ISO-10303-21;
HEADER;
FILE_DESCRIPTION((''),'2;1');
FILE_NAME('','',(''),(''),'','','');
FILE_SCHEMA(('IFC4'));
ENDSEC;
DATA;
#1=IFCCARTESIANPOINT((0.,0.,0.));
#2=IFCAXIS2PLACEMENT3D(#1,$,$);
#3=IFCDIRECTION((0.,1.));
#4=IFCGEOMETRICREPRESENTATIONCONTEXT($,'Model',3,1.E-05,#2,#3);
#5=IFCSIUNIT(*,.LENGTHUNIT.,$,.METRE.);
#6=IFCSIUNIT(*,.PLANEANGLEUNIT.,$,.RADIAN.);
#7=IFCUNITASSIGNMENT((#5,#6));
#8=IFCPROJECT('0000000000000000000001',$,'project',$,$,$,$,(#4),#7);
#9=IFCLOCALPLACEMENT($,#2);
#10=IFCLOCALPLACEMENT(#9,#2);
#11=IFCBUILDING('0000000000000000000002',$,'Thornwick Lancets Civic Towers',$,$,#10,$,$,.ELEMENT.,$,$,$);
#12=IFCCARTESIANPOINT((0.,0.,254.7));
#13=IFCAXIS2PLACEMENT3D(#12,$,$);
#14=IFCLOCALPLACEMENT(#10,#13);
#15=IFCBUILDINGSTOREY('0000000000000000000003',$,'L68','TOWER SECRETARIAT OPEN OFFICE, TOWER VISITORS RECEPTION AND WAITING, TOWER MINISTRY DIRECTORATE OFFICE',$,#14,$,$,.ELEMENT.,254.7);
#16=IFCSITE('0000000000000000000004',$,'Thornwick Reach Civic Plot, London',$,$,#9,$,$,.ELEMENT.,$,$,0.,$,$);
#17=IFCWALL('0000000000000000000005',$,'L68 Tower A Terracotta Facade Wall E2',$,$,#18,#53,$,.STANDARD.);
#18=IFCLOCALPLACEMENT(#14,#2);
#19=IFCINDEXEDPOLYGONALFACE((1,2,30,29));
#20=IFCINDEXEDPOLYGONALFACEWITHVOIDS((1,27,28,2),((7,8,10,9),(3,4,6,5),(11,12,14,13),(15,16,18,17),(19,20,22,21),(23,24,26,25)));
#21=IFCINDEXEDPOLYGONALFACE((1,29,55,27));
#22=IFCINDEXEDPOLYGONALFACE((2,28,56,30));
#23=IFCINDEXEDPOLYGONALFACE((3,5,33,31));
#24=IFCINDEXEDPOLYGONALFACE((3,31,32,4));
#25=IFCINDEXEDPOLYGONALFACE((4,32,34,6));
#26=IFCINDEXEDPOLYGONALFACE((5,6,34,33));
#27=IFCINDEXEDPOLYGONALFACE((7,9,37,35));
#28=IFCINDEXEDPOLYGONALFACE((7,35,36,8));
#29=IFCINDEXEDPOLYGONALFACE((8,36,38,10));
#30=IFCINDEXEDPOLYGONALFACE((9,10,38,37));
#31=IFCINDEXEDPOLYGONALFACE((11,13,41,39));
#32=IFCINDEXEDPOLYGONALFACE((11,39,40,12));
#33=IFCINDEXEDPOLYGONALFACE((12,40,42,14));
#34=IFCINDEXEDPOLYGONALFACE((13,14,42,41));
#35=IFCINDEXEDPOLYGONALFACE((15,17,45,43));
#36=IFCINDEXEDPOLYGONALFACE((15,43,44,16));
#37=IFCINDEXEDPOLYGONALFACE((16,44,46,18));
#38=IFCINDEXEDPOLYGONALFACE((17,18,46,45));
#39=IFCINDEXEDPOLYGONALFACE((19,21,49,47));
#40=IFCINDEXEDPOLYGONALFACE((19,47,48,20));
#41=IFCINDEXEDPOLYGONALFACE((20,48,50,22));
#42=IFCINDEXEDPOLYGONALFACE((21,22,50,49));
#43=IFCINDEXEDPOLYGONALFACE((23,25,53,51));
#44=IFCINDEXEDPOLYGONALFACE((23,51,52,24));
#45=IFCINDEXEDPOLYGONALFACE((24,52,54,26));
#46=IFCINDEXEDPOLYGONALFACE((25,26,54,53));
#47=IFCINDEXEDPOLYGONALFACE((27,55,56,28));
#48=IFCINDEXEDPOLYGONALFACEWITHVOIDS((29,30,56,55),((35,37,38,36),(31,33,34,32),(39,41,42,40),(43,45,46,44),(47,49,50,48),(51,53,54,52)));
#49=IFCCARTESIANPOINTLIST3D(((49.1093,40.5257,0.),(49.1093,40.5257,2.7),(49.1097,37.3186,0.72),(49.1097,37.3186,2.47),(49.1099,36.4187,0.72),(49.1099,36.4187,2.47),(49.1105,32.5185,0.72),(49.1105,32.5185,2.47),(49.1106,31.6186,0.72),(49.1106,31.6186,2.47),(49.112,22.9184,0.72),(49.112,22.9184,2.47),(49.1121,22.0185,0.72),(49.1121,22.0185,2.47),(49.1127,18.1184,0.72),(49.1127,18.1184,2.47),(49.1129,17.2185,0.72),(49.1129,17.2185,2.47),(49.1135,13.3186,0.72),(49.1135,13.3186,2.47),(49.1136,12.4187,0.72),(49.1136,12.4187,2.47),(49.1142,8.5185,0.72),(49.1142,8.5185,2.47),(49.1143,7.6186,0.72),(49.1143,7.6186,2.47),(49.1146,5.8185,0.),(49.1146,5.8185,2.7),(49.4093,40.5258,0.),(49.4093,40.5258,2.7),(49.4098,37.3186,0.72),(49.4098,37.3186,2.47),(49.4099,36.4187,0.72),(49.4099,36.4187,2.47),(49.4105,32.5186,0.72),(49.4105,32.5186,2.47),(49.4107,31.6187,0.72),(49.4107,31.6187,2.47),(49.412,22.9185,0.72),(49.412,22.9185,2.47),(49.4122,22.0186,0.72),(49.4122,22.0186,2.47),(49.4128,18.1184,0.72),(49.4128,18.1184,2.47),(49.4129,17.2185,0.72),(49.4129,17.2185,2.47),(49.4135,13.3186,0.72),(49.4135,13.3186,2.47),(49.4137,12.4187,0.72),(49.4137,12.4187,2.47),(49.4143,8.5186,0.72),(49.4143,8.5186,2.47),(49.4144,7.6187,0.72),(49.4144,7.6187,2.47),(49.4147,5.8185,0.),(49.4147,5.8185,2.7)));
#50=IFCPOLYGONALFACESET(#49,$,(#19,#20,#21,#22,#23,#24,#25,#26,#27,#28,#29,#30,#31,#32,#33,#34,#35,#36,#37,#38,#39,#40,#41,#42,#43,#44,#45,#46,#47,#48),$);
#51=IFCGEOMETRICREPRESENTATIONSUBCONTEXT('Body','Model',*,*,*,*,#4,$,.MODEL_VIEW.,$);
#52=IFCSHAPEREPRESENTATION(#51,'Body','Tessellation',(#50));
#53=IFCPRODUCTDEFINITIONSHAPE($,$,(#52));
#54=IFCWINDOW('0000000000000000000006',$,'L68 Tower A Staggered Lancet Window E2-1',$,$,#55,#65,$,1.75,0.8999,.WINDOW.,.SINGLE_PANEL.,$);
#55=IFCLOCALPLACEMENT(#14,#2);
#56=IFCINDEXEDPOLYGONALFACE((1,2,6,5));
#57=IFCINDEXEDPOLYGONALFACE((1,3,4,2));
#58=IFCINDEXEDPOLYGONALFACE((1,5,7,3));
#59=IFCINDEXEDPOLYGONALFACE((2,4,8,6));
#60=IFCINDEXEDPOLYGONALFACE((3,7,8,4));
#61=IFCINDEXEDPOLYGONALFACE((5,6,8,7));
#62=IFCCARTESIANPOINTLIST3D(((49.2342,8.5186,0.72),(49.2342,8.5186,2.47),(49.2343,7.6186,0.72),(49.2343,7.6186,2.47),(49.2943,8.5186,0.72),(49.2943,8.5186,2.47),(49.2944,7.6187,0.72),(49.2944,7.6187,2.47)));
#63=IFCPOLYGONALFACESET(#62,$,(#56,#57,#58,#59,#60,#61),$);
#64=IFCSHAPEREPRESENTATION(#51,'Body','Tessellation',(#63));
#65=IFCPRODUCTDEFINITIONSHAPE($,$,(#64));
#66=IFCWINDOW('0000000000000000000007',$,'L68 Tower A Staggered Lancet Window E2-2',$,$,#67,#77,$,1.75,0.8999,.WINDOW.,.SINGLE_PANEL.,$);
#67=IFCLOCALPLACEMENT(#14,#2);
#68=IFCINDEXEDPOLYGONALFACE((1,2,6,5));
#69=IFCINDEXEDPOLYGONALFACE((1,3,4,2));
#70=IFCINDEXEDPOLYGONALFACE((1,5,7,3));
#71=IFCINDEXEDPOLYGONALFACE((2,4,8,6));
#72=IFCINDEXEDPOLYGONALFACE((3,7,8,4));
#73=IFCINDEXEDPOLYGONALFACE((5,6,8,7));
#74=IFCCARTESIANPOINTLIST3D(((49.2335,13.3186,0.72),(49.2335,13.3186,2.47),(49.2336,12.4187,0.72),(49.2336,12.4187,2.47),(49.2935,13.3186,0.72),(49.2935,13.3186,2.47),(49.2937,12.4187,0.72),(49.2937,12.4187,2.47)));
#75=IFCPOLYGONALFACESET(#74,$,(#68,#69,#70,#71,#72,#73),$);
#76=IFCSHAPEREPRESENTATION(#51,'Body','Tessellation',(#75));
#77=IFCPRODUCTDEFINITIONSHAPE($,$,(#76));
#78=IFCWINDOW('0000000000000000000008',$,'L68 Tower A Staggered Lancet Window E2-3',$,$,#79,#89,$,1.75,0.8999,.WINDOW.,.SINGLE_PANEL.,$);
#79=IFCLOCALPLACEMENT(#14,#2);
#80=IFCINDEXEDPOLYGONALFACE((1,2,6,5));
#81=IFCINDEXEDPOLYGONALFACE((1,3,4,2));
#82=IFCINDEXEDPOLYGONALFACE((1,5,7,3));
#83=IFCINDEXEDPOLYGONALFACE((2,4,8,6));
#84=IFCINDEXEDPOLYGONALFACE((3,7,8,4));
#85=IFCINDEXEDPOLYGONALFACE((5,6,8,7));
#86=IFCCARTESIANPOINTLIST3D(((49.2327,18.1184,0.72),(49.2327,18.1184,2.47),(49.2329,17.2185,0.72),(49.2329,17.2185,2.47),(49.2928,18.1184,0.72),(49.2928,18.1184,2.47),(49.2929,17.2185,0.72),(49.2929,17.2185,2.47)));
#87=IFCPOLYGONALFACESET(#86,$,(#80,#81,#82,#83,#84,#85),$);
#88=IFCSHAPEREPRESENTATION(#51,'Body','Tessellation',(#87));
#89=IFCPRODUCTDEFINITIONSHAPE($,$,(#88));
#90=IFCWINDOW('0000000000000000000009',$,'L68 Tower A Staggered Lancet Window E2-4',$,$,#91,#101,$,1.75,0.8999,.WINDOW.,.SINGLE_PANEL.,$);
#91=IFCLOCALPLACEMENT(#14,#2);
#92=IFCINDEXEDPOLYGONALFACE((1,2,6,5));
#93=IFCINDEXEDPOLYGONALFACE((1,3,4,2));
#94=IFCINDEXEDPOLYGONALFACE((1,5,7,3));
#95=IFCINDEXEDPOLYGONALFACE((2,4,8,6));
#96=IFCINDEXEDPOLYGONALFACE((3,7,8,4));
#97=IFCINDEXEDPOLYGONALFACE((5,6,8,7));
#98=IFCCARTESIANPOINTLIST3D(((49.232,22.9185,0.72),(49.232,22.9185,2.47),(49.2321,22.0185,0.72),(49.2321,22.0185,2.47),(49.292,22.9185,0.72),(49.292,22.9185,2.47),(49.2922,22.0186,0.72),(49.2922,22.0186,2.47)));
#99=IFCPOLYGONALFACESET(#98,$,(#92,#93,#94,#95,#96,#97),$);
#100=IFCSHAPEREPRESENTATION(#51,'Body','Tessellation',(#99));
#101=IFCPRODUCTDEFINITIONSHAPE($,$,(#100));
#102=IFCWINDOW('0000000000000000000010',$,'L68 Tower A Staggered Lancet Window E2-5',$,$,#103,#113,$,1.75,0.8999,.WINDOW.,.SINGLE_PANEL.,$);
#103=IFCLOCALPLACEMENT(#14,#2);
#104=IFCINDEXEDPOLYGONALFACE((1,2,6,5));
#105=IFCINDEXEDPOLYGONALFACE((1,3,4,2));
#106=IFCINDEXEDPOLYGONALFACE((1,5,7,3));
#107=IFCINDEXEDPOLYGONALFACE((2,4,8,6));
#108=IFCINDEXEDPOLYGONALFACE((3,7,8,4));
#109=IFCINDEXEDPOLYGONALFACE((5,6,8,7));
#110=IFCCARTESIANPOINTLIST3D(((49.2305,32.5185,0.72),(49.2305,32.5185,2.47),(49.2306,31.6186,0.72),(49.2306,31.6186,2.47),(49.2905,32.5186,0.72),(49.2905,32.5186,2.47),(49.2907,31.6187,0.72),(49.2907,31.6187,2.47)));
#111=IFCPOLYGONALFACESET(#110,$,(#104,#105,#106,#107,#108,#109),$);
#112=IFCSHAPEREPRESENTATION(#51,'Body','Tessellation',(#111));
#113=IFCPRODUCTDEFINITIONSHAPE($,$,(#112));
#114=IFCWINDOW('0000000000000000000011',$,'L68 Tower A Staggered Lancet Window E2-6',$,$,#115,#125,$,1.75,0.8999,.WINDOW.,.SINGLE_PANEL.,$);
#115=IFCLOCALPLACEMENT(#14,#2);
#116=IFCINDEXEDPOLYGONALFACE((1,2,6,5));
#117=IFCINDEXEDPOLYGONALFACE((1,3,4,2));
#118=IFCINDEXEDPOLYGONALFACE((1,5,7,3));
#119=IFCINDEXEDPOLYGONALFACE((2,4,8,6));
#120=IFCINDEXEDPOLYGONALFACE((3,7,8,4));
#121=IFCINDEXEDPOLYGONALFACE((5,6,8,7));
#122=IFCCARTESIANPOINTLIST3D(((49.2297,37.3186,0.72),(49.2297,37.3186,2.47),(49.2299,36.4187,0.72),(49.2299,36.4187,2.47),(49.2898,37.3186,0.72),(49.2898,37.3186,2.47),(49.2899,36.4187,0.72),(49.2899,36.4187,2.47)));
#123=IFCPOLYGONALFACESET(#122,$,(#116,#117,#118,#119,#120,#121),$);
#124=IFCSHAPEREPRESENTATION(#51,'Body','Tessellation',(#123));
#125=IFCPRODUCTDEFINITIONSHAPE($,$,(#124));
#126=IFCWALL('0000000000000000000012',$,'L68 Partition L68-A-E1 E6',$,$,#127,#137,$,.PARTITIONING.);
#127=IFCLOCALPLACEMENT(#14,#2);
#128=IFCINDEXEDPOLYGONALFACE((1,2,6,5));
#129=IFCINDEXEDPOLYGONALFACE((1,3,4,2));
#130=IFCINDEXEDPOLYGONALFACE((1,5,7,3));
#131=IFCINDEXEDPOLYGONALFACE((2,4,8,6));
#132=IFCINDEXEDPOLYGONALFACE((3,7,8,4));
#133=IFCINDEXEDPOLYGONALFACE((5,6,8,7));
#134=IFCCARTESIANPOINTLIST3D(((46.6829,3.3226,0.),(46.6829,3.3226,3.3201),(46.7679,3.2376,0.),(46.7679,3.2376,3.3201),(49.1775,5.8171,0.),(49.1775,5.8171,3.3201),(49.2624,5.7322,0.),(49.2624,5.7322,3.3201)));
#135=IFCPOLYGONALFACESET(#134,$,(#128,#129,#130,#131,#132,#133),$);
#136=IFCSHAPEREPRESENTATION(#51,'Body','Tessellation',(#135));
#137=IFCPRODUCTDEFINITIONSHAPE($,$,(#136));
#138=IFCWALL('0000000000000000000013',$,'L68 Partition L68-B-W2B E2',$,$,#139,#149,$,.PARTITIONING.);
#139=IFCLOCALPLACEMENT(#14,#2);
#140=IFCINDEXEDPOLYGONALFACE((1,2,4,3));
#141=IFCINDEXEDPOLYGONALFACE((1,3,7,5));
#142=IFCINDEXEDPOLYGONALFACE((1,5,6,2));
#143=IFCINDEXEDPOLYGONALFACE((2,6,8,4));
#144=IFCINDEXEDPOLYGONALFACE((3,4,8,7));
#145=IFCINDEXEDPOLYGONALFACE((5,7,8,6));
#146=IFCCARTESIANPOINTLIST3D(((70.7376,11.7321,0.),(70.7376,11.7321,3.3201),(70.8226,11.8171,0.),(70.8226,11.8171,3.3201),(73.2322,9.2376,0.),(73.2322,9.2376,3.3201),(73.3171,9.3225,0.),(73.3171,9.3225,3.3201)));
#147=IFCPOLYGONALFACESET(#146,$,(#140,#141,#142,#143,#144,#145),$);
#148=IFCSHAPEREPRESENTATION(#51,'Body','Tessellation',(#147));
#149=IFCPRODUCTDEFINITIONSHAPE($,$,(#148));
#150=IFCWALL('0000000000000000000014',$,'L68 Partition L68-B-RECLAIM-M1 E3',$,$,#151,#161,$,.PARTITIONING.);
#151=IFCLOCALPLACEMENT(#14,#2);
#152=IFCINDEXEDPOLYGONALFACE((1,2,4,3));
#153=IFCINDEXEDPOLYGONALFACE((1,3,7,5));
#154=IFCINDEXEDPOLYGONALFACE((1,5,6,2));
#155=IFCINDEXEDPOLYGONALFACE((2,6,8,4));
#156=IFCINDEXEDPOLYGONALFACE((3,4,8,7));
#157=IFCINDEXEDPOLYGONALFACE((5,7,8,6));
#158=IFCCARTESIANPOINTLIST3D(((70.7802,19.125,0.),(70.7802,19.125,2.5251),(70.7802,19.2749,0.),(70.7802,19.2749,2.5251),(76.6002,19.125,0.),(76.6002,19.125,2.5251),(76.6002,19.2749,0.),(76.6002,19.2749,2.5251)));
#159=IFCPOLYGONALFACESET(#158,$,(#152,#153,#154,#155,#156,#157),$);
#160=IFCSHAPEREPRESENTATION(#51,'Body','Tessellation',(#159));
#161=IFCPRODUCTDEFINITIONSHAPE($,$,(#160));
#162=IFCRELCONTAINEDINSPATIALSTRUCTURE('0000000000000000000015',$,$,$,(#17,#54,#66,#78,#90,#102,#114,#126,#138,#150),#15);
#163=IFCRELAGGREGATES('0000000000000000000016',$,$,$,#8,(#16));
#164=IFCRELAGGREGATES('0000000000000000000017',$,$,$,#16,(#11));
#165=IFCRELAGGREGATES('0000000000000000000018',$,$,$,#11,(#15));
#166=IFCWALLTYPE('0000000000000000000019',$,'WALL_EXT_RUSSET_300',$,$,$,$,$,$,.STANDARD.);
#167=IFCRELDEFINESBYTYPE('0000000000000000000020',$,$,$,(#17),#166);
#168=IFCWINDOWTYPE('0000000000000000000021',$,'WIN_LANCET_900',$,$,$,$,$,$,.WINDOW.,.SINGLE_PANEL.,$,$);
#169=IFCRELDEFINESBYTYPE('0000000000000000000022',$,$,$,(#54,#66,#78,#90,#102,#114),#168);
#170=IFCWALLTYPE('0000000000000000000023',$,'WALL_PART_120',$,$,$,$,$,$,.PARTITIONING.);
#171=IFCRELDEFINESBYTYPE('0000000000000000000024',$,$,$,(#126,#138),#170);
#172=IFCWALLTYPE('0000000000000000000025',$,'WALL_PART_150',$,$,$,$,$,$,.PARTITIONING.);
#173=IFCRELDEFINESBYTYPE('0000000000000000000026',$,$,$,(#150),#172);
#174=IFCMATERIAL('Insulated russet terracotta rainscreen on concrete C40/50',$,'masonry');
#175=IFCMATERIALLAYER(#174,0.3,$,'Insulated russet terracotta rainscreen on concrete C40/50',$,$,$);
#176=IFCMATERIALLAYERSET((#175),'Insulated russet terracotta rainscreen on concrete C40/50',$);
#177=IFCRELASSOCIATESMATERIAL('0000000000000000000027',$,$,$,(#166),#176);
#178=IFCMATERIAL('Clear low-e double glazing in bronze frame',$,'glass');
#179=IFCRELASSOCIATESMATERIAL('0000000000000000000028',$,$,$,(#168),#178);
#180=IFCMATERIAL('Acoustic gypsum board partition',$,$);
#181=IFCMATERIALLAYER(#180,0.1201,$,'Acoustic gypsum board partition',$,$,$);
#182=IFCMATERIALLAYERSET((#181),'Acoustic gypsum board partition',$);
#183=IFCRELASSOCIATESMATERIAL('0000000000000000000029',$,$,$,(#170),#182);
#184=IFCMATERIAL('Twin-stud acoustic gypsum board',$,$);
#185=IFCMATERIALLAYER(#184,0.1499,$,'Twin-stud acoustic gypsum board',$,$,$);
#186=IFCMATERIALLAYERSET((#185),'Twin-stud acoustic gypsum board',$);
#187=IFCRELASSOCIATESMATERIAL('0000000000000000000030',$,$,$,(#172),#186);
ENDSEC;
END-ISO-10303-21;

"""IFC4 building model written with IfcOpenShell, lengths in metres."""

from ifc_helpers import new_model, si_unit, direction, frame, frame_2d, origin, place, context, subcontext, project, spatial, rectangle, extrude, material, layer, layer_set, type_object, element, fill, save


model = new_model("IFC4")

# Units and contexts
model_context = context("Model", 3, precision=1e-05, world=origin(), true_north=direction((0.0, 1.0)))
body_context = subcontext(model_context, "Body", "Model", "MODEL_VIEW")
ifc_project = project(units=[si_unit("LENGTHUNIT", "METRE"), si_unit("PLANEANGLEUNIT", "RADIAN")], contexts=[model_context])

# Site, building, storey
site_placement = place(None, origin())
site = spatial("IfcSite", under=ifc_project, at=site_placement, Name="Thornwick Reach Civic Plot, London", CompositionType="ELEMENT", RefElevation=0.0)
building_placement = place(site_placement, origin())
building = spatial("IfcBuilding", under=site, at=building_placement, Name="Thornwick Lancets Civic Towers", CompositionType="ELEMENT")
storey_placement = place(building_placement, frame((0.0, 0.0, 254.7)))
storey = spatial("IfcBuildingStorey", under=building, at=storey_placement, Name="L68", Description="TOWER SECRETARIAT OPEN OFFICE, TOWER VISITORS RECEPTION AND WAITING, TOWER MINISTRY DIRECTORATE OFFICE", CompositionType="ELEMENT", Elevation=254.7)

# Wall, openings, windows
ifc_material_1 = material(Name="Insulated russet terracotta rainscreen on concrete C40/50", Category="masonry")
ifc_layer_1 = layer(ifc_material_1, 0.3, Name="Insulated russet terracotta rainscreen on concrete C40/50")
ifc_layer_set_1 = layer_set([ifc_layer_1], Name="Insulated russet terracotta rainscreen on concrete C40/50")
wall_type_1 = type_object("IfcWallType", Name="WALL_EXT_RUSSET_300", PredefinedType="STANDARD", material=ifc_layer_set_1)
wall_1_placement = place(storey_placement, frame((49.2646, 5.8186, 0.0), z_axis=(0.0, 0.0, 1.0), x_axis=(-0.000155, 1.0, 0.0)))
wall_1 = element("IfcWall", 1, at=wall_1_placement, inside=storey, type_object=wall_type_1, Name="L68 Tower A Terracotta Facade Wall E2", PredefinedType="STANDARD", context=body_context, shape_type="SweptSolid", body=[
    extrude(rectangle(XDim=34.7073, YDim=0.3, at=frame_2d((17.3535, 0.0))), origin(), (0.0, 0.0, 1.0), 2.7),
])
opening_1_placement = place(wall_1_placement, frame((1.8, 0.0, 0.72)))
opening_1 = element("IfcOpeningElement", 2, at=opening_1_placement, cuts=wall_1, PredefinedType="OPENING", context=body_context, shape_type="SweptSolid", body=[
    extrude(rectangle(XDim=0.8999, YDim=1.75, at=frame_2d((0.45, 0.875))), frame((0.0, 0.1602, 0.0), z_axis=(0.0, -1.0, 0.0), x_axis=(1.0, 0.0, 0.0)), (0.0, 0.0, 1.0), 0.3201),
])
opening_2_placement = place(wall_1_placement, frame((6.6001, 0.0, 0.72)))
opening_2 = element("IfcOpeningElement", 3, at=opening_2_placement, cuts=wall_1, PredefinedType="OPENING", context=body_context, shape_type="SweptSolid", body=[
    extrude(rectangle(XDim=0.8999, YDim=1.75, at=frame_2d((0.45, 0.875))), frame((0.0, 0.1602, 0.0), z_axis=(0.0, -1.0, 0.0), x_axis=(1.0, 0.0, 0.0)), (0.0, 0.0, 1.0), 0.3201),
])
opening_3_placement = place(wall_1_placement, frame((11.3999, 0.0, 0.72)))
opening_3 = element("IfcOpeningElement", 4, at=opening_3_placement, cuts=wall_1, PredefinedType="OPENING", context=body_context, shape_type="SweptSolid", body=[
    extrude(rectangle(XDim=0.8999, YDim=1.75, at=frame_2d((0.45, 0.875))), frame((0.0, 0.1602, 0.0), z_axis=(0.0, -1.0, 0.0), x_axis=(1.0, 0.0, 0.0)), (0.0, 0.0, 1.0), 0.3201),
])
opening_4_placement = place(wall_1_placement, frame((16.2, 0.0, 0.72)))
opening_4 = element("IfcOpeningElement", 5, at=opening_4_placement, cuts=wall_1, PredefinedType="OPENING", context=body_context, shape_type="SweptSolid", body=[
    extrude(rectangle(XDim=0.8999, YDim=1.75, at=frame_2d((0.45, 0.875))), frame((0.0, 0.1602, 0.0), z_axis=(0.0, -1.0, 0.0), x_axis=(1.0, 0.0, 0.0)), (0.0, 0.0, 1.0), 0.3201),
])
opening_5_placement = place(wall_1_placement, frame((25.8, 0.0, 0.72)))
opening_5 = element("IfcOpeningElement", 6, at=opening_5_placement, cuts=wall_1, PredefinedType="OPENING", context=body_context, shape_type="SweptSolid", body=[
    extrude(rectangle(XDim=0.8999, YDim=1.75, at=frame_2d((0.45, 0.875))), frame((0.0, 0.1602, 0.0), z_axis=(0.0, -1.0, 0.0), x_axis=(1.0, 0.0, 0.0)), (0.0, 0.0, 1.0), 0.3201),
])
opening_6_placement = place(wall_1_placement, frame((30.6001, 0.0, 0.72)))
opening_6 = element("IfcOpeningElement", 7, at=opening_6_placement, cuts=wall_1, PredefinedType="OPENING", context=body_context, shape_type="SweptSolid", body=[
    extrude(rectangle(XDim=0.8999, YDim=1.75, at=frame_2d((0.45, 0.875))), frame((0.0, 0.1602, 0.0), z_axis=(0.0, -1.0, 0.0), x_axis=(1.0, 0.0, 0.0)), (0.0, 0.0, 1.0), 0.3201),
])
ifc_material_2 = material(Name="Clear low-e double glazing in bronze frame", Category="glass")
window_type = type_object("IfcWindowType", Name="WIN_LANCET_900", PartitioningType="SINGLE_PANEL", PredefinedType="WINDOW", material=ifc_material_2)
window_1_placement = place(opening_1_placement, origin())
window_1 = element("IfcWindow", 8, at=window_1_placement, inside=storey, type_object=window_type, Name="L68 Tower A Staggered Lancet Window E2-1", OverallHeight=1.75, OverallWidth=0.8999, PartitioningType="SINGLE_PANEL", PredefinedType="WINDOW", context=body_context, shape_type="SweptSolid", body=[
    extrude(rectangle(XDim=0.8999, YDim=1.75, at=frame_2d((0.45, 0.875))), frame((0.0, 0.03, 0.0), z_axis=(0.0, -1.0, 0.0), x_axis=(1.0, 0.0, 0.0)), (0.0, 0.0, 1.0), 0.0601),
])
fill(opening_1, window_1)
window_2_placement = place(opening_2_placement, origin())
window_2 = element("IfcWindow", 9, at=window_2_placement, inside=storey, type_object=window_type, Name="L68 Tower A Staggered Lancet Window E2-2", OverallHeight=1.75, OverallWidth=0.8999, PartitioningType="SINGLE_PANEL", PredefinedType="WINDOW", context=body_context, shape_type="SweptSolid", body=[
    extrude(rectangle(XDim=0.8999, YDim=1.75, at=frame_2d((0.45, 0.875))), frame((0.0, 0.03, 0.0), z_axis=(0.0, -1.0, 0.0), x_axis=(1.0, 0.0, 0.0)), (0.0, 0.0, 1.0), 0.0601),
])
fill(opening_2, window_2)
window_3_placement = place(opening_3_placement, origin())
window_3 = element("IfcWindow", 10, at=window_3_placement, inside=storey, type_object=window_type, Name="L68 Tower A Staggered Lancet Window E2-3", OverallHeight=1.75, OverallWidth=0.8999, PartitioningType="SINGLE_PANEL", PredefinedType="WINDOW", context=body_context, shape_type="SweptSolid", body=[
    extrude(rectangle(XDim=0.8999, YDim=1.75, at=frame_2d((0.45, 0.875))), frame((0.0, 0.03, 0.0), z_axis=(0.0, -1.0, 0.0), x_axis=(1.0, 0.0, 0.0)), (0.0, 0.0, 1.0), 0.0601),
])
fill(opening_3, window_3)
window_4_placement = place(opening_4_placement, origin())
window_4 = element("IfcWindow", 11, at=window_4_placement, inside=storey, type_object=window_type, Name="L68 Tower A Staggered Lancet Window E2-4", OverallHeight=1.75, OverallWidth=0.8999, PartitioningType="SINGLE_PANEL", PredefinedType="WINDOW", context=body_context, shape_type="SweptSolid", body=[
    extrude(rectangle(XDim=0.8999, YDim=1.75, at=frame_2d((0.45, 0.875))), frame((0.0, 0.03, 0.0), z_axis=(0.0, -1.0, 0.0), x_axis=(1.0, 0.0, 0.0)), (0.0, 0.0, 1.0), 0.0601),
])
fill(opening_4, window_4)
window_5_placement = place(opening_5_placement, origin())
window_5 = element("IfcWindow", 12, at=window_5_placement, inside=storey, type_object=window_type, Name="L68 Tower A Staggered Lancet Window E2-5", OverallHeight=1.75, OverallWidth=0.8999, PartitioningType="SINGLE_PANEL", PredefinedType="WINDOW", context=body_context, shape_type="SweptSolid", body=[
    extrude(rectangle(XDim=0.8999, YDim=1.75, at=frame_2d((0.45, 0.875))), frame((0.0, 0.03, 0.0), z_axis=(0.0, -1.0, 0.0), x_axis=(1.0, 0.0, 0.0)), (0.0, 0.0, 1.0), 0.0601),
])
fill(opening_5, window_5)
window_6_placement = place(opening_6_placement, origin())
window_6 = element("IfcWindow", 13, at=window_6_placement, inside=storey, type_object=window_type, Name="L68 Tower A Staggered Lancet Window E2-6", OverallHeight=1.75, OverallWidth=0.8999, PartitioningType="SINGLE_PANEL", PredefinedType="WINDOW", context=body_context, shape_type="SweptSolid", body=[
    extrude(rectangle(XDim=0.8999, YDim=1.75, at=frame_2d((0.45, 0.875))), frame((0.0, 0.03, 0.0), z_axis=(0.0, -1.0, 0.0), x_axis=(1.0, 0.0, 0.0)), (0.0, 0.0, 1.0), 0.0601),
])
fill(opening_6, window_6)

# Walls
ifc_material_3 = material(Name="Acoustic gypsum board partition")
ifc_layer_2 = layer(ifc_material_3, 0.1201, Name="Acoustic gypsum board partition")
ifc_layer_set_2 = layer_set([ifc_layer_2], Name="Acoustic gypsum board partition")
wall_type_2 = type_object("IfcWallType", Name="WALL_PART_120", PredefinedType="PARTITIONING", material=ifc_layer_set_2)
for number, where, z_axis, x_axis, name in (
    (14, (49.22, 5.7747, 0.0), (0.0, 0.0, 1.0), (-0.707107, -0.707107, 0.0), "L68 Partition L68-A-E1 E6"),
    (15, (73.2747, 9.28, 0.0), (0.0, 0.0, 1.0), (-0.707107, 0.707107, 0.0), "L68 Partition L68-B-W2B E2"),
):
    element("IfcWall", number, at=place(storey_placement, frame(where, z_axis=z_axis, x_axis=x_axis)), inside=storey, type_object=wall_type_2, Name=name, PredefinedType="PARTITIONING", context=body_context, shape_type="SweptSolid", body=[
        extrude(rectangle(XDim=3.5278, YDim=0.1201, at=frame_2d((1.7639, 0.0))), origin(), (0.0, 0.0, 1.0), 3.3201),
    ])
ifc_material_4 = material(Name="Twin-stud acoustic gypsum board")
ifc_layer_3 = layer(ifc_material_4, 0.1499, Name="Twin-stud acoustic gypsum board")
ifc_layer_set_3 = layer_set([ifc_layer_3], Name="Twin-stud acoustic gypsum board")
wall_type_3 = type_object("IfcWallType", Name="WALL_PART_150", PredefinedType="PARTITIONING", material=ifc_layer_set_3)
wall_2_placement = place(storey_placement, frame((70.78, 19.2, 0.0), z_axis=(0.0, 0.0, 1.0), x_axis=(1.0, 0.0, 0.0)))
element("IfcWall", 16, at=wall_2_placement, inside=storey, type_object=wall_type_3, Name="L68 Partition L68-B-RECLAIM-M1 E3", PredefinedType="PARTITIONING", context=body_context, shape_type="SweptSolid", body=[
    extrude(rectangle(XDim=5.8201, YDim=0.1499, at=frame_2d((2.9102, 0.0))), origin(), (0.0, 0.0, 1.0), 2.5251),
])

save(model, "model.ifc")
